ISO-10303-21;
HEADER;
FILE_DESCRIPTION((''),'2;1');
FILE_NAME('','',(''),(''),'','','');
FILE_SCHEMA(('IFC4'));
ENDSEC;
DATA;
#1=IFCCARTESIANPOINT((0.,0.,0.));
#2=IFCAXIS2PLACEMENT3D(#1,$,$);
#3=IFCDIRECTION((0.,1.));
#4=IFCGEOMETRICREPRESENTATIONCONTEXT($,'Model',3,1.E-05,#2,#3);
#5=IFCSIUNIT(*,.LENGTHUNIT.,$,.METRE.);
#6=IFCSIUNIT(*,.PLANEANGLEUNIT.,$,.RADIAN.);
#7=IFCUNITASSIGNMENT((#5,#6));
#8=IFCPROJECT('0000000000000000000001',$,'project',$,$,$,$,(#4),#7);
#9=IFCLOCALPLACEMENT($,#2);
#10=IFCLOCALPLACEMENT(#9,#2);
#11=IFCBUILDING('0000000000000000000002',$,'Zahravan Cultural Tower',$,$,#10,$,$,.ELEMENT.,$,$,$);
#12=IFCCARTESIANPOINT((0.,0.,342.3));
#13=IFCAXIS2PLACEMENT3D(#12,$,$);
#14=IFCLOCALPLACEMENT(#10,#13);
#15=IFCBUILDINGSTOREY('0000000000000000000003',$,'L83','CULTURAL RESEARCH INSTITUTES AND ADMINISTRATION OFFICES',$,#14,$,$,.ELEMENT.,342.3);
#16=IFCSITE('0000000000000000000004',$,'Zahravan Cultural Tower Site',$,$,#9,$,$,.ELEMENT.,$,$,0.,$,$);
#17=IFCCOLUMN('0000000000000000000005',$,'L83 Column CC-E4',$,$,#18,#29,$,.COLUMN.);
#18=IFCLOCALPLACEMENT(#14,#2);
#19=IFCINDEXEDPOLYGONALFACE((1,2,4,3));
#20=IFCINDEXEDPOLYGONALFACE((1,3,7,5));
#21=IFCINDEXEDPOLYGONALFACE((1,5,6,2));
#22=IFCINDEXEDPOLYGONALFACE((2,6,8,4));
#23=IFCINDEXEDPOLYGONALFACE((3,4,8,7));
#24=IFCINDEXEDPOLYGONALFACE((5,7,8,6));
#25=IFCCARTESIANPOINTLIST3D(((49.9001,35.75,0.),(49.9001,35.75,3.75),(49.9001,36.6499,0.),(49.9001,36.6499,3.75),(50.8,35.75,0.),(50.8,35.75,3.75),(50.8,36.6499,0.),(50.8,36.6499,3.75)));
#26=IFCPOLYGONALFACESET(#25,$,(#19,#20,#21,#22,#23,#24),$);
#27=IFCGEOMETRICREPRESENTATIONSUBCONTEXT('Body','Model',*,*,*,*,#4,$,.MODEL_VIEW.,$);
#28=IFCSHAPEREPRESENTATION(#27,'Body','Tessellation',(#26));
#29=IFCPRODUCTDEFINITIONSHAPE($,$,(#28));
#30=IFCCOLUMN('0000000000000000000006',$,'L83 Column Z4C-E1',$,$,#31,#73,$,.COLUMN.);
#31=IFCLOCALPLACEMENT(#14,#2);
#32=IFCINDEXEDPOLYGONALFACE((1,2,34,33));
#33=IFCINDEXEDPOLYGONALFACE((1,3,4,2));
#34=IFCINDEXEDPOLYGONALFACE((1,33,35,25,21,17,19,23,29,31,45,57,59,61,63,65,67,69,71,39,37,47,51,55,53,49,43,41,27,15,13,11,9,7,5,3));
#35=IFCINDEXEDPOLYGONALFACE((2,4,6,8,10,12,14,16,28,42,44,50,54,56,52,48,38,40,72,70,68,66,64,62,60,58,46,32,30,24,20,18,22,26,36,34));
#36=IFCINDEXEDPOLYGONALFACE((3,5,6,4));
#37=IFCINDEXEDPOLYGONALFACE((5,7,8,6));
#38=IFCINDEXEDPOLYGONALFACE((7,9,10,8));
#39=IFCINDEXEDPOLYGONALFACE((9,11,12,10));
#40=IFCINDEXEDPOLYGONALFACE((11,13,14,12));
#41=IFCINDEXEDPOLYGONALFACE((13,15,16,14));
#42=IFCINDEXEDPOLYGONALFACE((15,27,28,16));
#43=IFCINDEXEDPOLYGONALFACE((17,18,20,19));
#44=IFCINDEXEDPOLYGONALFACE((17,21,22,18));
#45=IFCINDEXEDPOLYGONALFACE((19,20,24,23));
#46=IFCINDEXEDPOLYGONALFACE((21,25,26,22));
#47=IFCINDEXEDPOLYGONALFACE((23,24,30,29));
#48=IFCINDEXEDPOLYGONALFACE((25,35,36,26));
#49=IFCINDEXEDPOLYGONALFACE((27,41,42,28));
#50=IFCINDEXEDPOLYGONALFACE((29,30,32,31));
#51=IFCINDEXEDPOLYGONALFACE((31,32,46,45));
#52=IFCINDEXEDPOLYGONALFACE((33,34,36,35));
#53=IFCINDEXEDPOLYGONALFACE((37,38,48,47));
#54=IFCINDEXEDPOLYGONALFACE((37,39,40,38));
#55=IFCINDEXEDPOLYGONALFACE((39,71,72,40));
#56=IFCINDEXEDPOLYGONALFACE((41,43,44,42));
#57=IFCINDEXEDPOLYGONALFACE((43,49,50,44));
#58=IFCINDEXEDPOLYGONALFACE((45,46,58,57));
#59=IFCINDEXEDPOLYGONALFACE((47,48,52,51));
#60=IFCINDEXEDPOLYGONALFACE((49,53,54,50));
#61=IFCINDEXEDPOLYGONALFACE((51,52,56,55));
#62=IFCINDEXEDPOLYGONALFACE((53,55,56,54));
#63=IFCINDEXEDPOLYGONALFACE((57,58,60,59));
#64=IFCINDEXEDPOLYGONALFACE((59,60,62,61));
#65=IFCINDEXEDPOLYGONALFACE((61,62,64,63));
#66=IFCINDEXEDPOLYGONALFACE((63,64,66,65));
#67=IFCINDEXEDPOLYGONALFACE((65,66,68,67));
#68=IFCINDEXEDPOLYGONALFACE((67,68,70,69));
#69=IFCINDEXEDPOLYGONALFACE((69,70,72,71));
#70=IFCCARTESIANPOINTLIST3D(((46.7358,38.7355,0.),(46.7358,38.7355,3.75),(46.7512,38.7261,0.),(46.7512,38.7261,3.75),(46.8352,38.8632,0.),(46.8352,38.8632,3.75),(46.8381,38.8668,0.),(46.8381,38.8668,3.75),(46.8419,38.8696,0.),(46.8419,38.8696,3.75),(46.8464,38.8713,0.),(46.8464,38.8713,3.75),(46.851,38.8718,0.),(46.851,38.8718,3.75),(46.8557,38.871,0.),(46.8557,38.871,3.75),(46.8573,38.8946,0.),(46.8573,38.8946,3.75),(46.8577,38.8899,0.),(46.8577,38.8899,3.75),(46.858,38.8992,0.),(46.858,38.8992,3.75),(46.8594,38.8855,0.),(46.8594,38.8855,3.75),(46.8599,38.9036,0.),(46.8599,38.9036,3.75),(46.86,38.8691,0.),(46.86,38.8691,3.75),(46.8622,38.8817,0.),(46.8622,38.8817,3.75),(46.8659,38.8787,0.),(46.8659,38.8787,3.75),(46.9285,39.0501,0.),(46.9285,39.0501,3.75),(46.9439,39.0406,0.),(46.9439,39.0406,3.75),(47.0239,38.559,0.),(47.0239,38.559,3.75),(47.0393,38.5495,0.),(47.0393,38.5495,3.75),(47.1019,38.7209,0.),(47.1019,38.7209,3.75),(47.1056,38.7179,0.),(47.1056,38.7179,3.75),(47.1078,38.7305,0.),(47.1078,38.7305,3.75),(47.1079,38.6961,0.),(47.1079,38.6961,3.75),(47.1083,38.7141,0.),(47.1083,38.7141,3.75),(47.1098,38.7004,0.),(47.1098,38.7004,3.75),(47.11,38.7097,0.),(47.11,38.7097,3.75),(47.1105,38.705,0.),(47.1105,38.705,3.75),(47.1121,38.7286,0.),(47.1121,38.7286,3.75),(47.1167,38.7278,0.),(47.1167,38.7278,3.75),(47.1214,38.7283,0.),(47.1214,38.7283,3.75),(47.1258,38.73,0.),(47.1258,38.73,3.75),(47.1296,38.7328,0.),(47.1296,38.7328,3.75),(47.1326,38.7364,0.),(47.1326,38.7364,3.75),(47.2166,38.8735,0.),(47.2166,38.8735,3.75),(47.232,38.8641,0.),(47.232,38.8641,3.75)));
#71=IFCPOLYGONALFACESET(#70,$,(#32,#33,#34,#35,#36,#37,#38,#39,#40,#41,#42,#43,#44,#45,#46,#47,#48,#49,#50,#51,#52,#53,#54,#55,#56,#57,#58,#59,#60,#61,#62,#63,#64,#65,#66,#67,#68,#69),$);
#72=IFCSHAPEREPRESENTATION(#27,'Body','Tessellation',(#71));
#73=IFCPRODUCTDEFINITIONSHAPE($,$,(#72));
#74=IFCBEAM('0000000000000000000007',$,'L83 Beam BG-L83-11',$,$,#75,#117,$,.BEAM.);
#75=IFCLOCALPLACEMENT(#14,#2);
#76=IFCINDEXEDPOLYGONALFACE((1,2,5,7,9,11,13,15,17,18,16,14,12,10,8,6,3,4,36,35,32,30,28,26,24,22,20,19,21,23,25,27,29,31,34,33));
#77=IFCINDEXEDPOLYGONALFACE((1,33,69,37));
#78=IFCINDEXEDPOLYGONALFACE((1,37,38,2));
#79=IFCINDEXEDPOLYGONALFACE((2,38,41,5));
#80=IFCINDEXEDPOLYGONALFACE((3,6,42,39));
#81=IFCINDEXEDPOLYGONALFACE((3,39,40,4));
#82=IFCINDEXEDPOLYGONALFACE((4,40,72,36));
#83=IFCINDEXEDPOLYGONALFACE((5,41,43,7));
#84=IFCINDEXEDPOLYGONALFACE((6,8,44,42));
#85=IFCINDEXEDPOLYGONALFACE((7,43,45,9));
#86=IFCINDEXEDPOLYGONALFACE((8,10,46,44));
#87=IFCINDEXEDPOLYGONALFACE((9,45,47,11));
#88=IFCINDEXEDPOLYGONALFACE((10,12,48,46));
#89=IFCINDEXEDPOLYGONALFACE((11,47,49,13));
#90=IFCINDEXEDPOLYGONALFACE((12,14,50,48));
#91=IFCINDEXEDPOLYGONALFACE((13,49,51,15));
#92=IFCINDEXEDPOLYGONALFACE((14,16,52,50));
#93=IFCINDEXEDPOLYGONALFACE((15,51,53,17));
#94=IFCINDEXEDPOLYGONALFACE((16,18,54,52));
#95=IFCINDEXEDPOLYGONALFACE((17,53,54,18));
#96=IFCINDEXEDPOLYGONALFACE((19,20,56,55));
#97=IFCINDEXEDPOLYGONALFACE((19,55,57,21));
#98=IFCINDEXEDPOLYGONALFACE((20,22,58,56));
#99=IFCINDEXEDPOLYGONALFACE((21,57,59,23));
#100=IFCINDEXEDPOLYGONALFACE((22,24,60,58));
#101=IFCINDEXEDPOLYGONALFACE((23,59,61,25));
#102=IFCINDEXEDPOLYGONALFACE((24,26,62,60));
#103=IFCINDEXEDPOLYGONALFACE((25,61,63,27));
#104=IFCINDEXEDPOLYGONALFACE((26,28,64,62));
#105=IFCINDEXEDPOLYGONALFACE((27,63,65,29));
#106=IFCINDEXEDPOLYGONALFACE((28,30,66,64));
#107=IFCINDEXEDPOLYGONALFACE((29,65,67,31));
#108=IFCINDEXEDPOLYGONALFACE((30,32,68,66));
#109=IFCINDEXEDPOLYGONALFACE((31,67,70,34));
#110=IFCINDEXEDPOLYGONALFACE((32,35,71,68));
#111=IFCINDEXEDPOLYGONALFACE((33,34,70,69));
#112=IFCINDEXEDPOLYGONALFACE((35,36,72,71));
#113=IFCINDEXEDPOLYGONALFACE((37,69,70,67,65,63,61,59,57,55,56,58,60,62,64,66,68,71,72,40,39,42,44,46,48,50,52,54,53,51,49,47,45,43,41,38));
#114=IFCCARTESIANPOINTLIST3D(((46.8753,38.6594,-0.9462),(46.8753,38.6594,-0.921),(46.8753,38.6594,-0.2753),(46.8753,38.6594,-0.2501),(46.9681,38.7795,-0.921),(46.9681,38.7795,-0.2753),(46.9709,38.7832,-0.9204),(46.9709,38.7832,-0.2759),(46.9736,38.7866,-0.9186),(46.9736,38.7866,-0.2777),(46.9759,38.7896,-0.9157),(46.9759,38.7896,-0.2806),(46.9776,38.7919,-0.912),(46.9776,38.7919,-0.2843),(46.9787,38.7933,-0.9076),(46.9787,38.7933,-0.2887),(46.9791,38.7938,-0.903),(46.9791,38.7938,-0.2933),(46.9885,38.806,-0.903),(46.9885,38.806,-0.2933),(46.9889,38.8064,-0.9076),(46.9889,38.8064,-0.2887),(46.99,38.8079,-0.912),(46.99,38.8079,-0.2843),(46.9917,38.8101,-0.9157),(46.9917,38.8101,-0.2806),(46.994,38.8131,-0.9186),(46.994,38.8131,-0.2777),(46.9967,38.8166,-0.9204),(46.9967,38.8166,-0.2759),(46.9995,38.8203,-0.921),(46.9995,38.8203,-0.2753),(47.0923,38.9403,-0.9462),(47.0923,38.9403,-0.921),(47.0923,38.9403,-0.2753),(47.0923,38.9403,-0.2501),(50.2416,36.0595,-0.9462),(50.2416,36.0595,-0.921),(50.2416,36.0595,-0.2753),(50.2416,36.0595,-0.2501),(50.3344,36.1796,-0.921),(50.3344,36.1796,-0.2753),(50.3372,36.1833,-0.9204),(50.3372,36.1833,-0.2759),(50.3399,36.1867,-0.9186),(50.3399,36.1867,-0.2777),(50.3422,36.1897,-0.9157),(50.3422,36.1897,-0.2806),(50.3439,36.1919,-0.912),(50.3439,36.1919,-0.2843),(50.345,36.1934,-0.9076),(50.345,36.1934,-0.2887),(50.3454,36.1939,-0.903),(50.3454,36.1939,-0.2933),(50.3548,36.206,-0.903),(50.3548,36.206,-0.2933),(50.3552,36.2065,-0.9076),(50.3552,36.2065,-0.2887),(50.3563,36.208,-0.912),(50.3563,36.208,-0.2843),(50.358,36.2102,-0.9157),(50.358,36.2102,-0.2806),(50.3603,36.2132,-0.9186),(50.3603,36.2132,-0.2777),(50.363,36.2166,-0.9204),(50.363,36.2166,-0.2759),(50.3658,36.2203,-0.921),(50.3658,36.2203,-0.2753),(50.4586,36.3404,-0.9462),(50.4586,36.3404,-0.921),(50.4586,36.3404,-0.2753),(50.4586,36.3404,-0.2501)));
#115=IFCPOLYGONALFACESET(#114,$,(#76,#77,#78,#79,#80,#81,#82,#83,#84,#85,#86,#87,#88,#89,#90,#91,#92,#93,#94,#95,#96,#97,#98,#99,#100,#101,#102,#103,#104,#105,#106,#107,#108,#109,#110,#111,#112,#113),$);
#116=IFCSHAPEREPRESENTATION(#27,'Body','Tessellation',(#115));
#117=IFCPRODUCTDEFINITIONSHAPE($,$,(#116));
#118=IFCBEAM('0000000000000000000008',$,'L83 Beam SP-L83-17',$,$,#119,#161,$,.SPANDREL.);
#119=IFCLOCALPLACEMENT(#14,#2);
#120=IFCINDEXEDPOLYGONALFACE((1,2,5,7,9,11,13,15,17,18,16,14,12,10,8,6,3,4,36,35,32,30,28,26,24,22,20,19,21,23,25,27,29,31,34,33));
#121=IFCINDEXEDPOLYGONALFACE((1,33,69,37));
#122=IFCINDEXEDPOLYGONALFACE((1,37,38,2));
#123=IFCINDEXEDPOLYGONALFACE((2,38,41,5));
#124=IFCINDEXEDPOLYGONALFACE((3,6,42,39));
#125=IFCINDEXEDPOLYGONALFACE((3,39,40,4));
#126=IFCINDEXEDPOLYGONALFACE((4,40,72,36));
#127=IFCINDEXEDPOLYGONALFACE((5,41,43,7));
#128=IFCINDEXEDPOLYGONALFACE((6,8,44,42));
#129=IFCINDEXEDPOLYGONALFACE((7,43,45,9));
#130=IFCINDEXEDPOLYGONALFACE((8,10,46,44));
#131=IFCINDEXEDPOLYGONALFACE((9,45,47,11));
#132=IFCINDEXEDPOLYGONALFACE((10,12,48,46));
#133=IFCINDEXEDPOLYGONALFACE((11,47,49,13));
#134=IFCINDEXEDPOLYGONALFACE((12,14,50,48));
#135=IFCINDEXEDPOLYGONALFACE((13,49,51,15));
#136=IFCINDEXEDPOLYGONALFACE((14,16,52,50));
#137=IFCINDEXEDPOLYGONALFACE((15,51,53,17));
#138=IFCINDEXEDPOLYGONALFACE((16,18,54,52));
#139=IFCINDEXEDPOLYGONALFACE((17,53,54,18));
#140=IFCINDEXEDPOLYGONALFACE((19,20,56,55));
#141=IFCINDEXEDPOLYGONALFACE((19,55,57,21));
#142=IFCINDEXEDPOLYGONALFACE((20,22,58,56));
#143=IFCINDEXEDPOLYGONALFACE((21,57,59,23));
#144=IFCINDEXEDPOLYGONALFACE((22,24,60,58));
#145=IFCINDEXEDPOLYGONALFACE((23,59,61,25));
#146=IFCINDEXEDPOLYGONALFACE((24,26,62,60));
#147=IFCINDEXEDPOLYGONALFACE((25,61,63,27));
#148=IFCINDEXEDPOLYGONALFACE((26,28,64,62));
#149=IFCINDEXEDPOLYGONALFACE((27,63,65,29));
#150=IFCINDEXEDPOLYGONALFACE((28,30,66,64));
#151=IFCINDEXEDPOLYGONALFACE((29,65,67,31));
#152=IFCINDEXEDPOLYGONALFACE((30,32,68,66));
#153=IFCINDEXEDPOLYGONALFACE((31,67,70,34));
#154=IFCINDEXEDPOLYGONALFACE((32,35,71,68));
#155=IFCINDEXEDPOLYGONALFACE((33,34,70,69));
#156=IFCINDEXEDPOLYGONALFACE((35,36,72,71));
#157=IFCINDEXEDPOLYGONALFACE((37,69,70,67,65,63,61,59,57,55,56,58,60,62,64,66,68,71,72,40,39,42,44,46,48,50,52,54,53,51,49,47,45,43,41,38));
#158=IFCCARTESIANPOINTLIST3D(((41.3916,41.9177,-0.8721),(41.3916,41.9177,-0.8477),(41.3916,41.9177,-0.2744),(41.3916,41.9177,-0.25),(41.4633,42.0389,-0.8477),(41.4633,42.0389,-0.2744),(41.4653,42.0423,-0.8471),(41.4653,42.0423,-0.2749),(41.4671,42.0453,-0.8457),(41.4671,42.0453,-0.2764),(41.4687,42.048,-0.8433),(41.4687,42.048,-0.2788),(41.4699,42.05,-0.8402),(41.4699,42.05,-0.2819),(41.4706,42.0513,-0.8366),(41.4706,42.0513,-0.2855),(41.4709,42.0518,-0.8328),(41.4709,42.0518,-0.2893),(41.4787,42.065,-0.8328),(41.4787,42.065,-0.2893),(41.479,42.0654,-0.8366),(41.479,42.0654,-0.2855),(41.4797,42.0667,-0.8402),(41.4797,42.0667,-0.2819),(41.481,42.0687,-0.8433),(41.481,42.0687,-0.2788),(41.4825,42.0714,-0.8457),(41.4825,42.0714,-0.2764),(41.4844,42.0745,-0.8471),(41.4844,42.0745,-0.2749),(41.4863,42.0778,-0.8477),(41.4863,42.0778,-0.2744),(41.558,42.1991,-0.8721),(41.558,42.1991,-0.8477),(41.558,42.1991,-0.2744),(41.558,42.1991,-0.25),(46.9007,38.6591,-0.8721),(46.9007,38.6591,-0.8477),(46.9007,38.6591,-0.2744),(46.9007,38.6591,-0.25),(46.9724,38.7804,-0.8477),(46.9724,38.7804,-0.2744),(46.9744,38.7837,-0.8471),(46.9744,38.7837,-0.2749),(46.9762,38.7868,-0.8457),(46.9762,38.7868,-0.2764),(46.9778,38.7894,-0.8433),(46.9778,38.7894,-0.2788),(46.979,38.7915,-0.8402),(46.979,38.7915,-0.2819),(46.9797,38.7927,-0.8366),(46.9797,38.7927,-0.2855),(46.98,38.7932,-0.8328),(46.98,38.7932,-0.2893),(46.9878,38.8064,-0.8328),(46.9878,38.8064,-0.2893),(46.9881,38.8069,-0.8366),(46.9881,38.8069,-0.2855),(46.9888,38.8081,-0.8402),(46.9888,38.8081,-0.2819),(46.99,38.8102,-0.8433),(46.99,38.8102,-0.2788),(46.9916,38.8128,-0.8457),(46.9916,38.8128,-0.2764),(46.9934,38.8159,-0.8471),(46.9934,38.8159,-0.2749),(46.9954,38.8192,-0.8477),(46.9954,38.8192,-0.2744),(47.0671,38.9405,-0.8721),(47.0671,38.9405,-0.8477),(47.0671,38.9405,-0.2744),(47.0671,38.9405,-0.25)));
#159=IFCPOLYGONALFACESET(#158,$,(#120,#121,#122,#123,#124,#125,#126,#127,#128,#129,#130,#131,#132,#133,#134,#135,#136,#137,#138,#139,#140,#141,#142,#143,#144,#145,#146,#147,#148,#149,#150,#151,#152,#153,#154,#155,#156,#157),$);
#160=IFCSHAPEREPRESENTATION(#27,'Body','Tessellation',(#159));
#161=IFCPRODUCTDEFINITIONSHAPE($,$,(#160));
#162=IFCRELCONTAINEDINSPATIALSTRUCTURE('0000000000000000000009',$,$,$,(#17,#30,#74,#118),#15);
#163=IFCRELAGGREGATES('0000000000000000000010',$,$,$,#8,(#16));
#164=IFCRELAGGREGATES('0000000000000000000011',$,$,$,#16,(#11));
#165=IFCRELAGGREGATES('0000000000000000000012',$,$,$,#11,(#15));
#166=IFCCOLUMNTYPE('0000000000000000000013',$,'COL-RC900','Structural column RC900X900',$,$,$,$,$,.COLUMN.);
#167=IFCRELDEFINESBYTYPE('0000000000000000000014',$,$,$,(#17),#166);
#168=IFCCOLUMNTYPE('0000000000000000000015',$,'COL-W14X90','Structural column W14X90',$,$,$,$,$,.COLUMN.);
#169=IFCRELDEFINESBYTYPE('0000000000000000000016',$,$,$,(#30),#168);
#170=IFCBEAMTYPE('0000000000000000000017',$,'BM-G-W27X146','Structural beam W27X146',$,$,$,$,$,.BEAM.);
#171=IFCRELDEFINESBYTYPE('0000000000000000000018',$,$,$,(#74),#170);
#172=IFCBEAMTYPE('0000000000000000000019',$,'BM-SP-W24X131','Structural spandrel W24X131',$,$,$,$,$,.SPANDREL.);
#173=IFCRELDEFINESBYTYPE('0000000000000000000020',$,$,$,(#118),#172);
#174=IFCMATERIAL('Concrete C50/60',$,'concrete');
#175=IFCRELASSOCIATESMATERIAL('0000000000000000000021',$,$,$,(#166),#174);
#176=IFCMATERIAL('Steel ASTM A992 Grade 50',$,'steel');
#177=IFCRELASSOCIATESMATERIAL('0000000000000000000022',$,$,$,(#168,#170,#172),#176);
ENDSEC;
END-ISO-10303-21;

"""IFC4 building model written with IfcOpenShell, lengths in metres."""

from ifc_helpers import new_model, si_unit, direction, frame, origin, origin_2d, place, context, subcontext, project, spatial, rectangle, i_section, extrude, source, transform, mapped, material, material_profile, profile_set, type_object, element, save


model = new_model("IFC4")

# Units and contexts
model_context = context("Model", 3, precision=1e-05, world=origin(), true_north=direction((0.0, 1.0)))
body_context = subcontext(model_context, "Body", "Model", "MODEL_VIEW")
ifc_project = project(units=[si_unit("LENGTHUNIT", "METRE"), si_unit("PLANEANGLEUNIT", "RADIAN")], contexts=[model_context])

# Site, building, storey
site_placement = place(None, origin())
site = spatial("IfcSite", under=ifc_project, at=site_placement, Name="Zahravan Cultural Tower Site", CompositionType="ELEMENT", RefElevation=0.0)
building_placement = place(site_placement, origin())
building = spatial("IfcBuilding", under=site, at=building_placement, Name="Zahravan Cultural Tower", CompositionType="ELEMENT")
storey_placement = place(building_placement, frame((0.0, 0.0, 342.3)))
storey = spatial("IfcBuildingStorey", under=building, at=storey_placement, Name="L83", Description="CULTURAL RESEARCH INSTITUTES AND ADMINISTRATION OFFICES", CompositionType="ELEMENT", Elevation=342.3)

# Columns
ifc_material_1 = material(Name="Concrete C50/60", Category="concrete")
ifc_material_profile_1 = material_profile(ifc_material_1, rectangle(XDim=0.8999, YDim=0.8999, at=origin_2d()), Name="RC900X900")
ifc_profile_set_1 = profile_set([ifc_material_profile_1], Name="Concrete C50/60")
column_type_1 = type_object("IfcColumnType", Name="COL-RC900", Description="Structural column RC900X900", PredefinedType="COLUMN", material=ifc_profile_set_1)
shared_shape_1 = source(origin(), body_context, "Body", "SweptSolid", [
    extrude(rectangle(XDim=0.8999, YDim=0.8999, at=origin_2d()), origin(), (0.0, 0.0, 1.0), 3.75),
])
column_1_placement = place(storey_placement, frame((50.3501, 36.2, 0.0), z_axis=(0.0, 0.0, 1.0), x_axis=(1.0, 0.0, 0.0)))
element("IfcColumn", 1, at=column_1_placement, inside=storey, type_object=column_type_1, Name="L83 Column CC-E4", PredefinedType="COLUMN", context=body_context, shape_type="MappedRepresentation", body=[
    mapped(shared_shape_1, transform((0.0, 0.0, 0.0), x_axis=(1.0, 0.0, 0.0), y_axis=(0.0, 1.0, 0.0), z_axis=(0.0, 0.0, 1.0), scale=1.0)),
])
ifc_material_2 = material(Name="Steel ASTM A992 Grade 50", Category="steel")
ifc_material_profile_2 = material_profile(ifc_material_2, i_section(OverallWidth=0.3689, OverallDepth=0.356, WebThickness=0.0112, FlangeThickness=0.0181, FilletRadius=0.0181, at=origin_2d()), Name="W14X90")
ifc_profile_set_2 = profile_set([ifc_material_profile_2], Name="Steel ASTM A992 Grade 50")
column_type_2 = type_object("IfcColumnType", Name="COL-W14X90", Description="Structural column W14X90", PredefinedType="COLUMN", material=ifc_profile_set_2)
shared_shape_2 = source(origin(), body_context, "Body", "SweptSolid", [
    extrude(i_section(OverallWidth=0.3689, OverallDepth=0.356, WebThickness=0.0112, FlangeThickness=0.0181, FilletRadius=0.0181, at=origin_2d()), origin(), (0.0, 0.0, 1.0), 3.75),
])
column_2_placement = place(storey_placement, frame((46.9839, 38.7998, 0.0), z_axis=(0.0, 0.0, 1.0), x_axis=(0.522499, 0.85264, 0.0)))
element("IfcColumn", 2, at=column_2_placement, inside=storey, type_object=column_type_2, Name="L83 Column Z4C-E1", PredefinedType="COLUMN", context=body_context, shape_type="MappedRepresentation", body=[
    mapped(shared_shape_2, transform((0.0, 0.0, 0.0), x_axis=(1.0, 0.0, 0.0), y_axis=(0.0, 1.0, 0.0), z_axis=(0.0, 0.0, 1.0), scale=1.0)),
])

# Beams
ifc_material_profile_3 = material_profile(ifc_material_2, i_section(OverallWidth=0.355, OverallDepth=0.696, WebThickness=0.0154, FlangeThickness=0.0251, FilletRadius=0.0181, at=origin_2d()), Name="W27X146")
ifc_profile_set_3 = profile_set([ifc_material_profile_3], Name="Steel ASTM A992 Grade 50")
beam_type_1 = type_object("IfcBeamType", Name="BM-G-W27X146", Description="Structural beam W27X146", PredefinedType="BEAM", material=ifc_profile_set_3)
shared_shape_3 = source(origin(), body_context, "Body", "SweptSolid", [
    extrude(i_section(OverallWidth=0.355, OverallDepth=0.696, WebThickness=0.0154, FlangeThickness=0.0251, FilletRadius=0.0181, at=origin_2d()), origin(), (0.0, 0.0, 1.0), 4.2534),
])
beam_1_placement = place(storey_placement, frame((50.3501, 36.2, -0.5981), z_axis=(-0.791434, 0.611255, 0.0), x_axis=(-0.611255, -0.791434, 0.0)))
element("IfcBeam", 3, at=beam_1_placement, inside=storey, type_object=beam_type_1, Name="L83 Beam BG-L83-11", PredefinedType="BEAM", context=body_context, shape_type="MappedRepresentation", body=[
    mapped(shared_shape_3, transform((0.0, 0.0, 0.0), x_axis=(1.0, 0.0, 0.0), y_axis=(0.0, 1.0, 0.0), z_axis=(0.0, 0.0, 1.0), scale=1.0)),
])
ifc_material_profile_4 = material_profile(ifc_material_2, i_section(OverallWidth=0.3269, OverallDepth=0.6221, WebThickness=0.0154, FlangeThickness=0.0244, FilletRadius=0.0149, at=origin_2d()), Name="W24X131")
ifc_profile_set_4 = profile_set([ifc_material_profile_4], Name="Steel ASTM A992 Grade 50")
beam_type_2 = type_object("IfcBeamType", Name="BM-SP-W24X131", Description="Structural spandrel W24X131", PredefinedType="SPANDREL", material=ifc_profile_set_4)
shared_shape_4 = source(origin(), body_context, "Body", "SweptSolid", [
    extrude(i_section(OverallWidth=0.3269, OverallDepth=0.6221, WebThickness=0.0154, FlangeThickness=0.0244, FilletRadius=0.0149, at=origin_2d()), origin(), (0.0, 0.0, 1.0), 6.4006),
])
beam_2_placement = place(storey_placement, frame((46.9839, 38.7998, -0.561), z_axis=(-0.860707, 0.509101, 0.0), x_axis=(-0.509101, -0.860707, 0.0)))
element("IfcBeam", 4, at=beam_2_placement, inside=storey, type_object=beam_type_2, Name="L83 Beam SP-L83-17", PredefinedType="SPANDREL", context=body_context, shape_type="MappedRepresentation", body=[
    mapped(shared_shape_4, transform((0.0, 0.0, 0.0), x_axis=(1.0, 0.0, 0.0), y_axis=(0.0, 1.0, 0.0), z_axis=(0.0, 0.0, 1.0), scale=1.0)),
])

save(model, "model.ifc")
